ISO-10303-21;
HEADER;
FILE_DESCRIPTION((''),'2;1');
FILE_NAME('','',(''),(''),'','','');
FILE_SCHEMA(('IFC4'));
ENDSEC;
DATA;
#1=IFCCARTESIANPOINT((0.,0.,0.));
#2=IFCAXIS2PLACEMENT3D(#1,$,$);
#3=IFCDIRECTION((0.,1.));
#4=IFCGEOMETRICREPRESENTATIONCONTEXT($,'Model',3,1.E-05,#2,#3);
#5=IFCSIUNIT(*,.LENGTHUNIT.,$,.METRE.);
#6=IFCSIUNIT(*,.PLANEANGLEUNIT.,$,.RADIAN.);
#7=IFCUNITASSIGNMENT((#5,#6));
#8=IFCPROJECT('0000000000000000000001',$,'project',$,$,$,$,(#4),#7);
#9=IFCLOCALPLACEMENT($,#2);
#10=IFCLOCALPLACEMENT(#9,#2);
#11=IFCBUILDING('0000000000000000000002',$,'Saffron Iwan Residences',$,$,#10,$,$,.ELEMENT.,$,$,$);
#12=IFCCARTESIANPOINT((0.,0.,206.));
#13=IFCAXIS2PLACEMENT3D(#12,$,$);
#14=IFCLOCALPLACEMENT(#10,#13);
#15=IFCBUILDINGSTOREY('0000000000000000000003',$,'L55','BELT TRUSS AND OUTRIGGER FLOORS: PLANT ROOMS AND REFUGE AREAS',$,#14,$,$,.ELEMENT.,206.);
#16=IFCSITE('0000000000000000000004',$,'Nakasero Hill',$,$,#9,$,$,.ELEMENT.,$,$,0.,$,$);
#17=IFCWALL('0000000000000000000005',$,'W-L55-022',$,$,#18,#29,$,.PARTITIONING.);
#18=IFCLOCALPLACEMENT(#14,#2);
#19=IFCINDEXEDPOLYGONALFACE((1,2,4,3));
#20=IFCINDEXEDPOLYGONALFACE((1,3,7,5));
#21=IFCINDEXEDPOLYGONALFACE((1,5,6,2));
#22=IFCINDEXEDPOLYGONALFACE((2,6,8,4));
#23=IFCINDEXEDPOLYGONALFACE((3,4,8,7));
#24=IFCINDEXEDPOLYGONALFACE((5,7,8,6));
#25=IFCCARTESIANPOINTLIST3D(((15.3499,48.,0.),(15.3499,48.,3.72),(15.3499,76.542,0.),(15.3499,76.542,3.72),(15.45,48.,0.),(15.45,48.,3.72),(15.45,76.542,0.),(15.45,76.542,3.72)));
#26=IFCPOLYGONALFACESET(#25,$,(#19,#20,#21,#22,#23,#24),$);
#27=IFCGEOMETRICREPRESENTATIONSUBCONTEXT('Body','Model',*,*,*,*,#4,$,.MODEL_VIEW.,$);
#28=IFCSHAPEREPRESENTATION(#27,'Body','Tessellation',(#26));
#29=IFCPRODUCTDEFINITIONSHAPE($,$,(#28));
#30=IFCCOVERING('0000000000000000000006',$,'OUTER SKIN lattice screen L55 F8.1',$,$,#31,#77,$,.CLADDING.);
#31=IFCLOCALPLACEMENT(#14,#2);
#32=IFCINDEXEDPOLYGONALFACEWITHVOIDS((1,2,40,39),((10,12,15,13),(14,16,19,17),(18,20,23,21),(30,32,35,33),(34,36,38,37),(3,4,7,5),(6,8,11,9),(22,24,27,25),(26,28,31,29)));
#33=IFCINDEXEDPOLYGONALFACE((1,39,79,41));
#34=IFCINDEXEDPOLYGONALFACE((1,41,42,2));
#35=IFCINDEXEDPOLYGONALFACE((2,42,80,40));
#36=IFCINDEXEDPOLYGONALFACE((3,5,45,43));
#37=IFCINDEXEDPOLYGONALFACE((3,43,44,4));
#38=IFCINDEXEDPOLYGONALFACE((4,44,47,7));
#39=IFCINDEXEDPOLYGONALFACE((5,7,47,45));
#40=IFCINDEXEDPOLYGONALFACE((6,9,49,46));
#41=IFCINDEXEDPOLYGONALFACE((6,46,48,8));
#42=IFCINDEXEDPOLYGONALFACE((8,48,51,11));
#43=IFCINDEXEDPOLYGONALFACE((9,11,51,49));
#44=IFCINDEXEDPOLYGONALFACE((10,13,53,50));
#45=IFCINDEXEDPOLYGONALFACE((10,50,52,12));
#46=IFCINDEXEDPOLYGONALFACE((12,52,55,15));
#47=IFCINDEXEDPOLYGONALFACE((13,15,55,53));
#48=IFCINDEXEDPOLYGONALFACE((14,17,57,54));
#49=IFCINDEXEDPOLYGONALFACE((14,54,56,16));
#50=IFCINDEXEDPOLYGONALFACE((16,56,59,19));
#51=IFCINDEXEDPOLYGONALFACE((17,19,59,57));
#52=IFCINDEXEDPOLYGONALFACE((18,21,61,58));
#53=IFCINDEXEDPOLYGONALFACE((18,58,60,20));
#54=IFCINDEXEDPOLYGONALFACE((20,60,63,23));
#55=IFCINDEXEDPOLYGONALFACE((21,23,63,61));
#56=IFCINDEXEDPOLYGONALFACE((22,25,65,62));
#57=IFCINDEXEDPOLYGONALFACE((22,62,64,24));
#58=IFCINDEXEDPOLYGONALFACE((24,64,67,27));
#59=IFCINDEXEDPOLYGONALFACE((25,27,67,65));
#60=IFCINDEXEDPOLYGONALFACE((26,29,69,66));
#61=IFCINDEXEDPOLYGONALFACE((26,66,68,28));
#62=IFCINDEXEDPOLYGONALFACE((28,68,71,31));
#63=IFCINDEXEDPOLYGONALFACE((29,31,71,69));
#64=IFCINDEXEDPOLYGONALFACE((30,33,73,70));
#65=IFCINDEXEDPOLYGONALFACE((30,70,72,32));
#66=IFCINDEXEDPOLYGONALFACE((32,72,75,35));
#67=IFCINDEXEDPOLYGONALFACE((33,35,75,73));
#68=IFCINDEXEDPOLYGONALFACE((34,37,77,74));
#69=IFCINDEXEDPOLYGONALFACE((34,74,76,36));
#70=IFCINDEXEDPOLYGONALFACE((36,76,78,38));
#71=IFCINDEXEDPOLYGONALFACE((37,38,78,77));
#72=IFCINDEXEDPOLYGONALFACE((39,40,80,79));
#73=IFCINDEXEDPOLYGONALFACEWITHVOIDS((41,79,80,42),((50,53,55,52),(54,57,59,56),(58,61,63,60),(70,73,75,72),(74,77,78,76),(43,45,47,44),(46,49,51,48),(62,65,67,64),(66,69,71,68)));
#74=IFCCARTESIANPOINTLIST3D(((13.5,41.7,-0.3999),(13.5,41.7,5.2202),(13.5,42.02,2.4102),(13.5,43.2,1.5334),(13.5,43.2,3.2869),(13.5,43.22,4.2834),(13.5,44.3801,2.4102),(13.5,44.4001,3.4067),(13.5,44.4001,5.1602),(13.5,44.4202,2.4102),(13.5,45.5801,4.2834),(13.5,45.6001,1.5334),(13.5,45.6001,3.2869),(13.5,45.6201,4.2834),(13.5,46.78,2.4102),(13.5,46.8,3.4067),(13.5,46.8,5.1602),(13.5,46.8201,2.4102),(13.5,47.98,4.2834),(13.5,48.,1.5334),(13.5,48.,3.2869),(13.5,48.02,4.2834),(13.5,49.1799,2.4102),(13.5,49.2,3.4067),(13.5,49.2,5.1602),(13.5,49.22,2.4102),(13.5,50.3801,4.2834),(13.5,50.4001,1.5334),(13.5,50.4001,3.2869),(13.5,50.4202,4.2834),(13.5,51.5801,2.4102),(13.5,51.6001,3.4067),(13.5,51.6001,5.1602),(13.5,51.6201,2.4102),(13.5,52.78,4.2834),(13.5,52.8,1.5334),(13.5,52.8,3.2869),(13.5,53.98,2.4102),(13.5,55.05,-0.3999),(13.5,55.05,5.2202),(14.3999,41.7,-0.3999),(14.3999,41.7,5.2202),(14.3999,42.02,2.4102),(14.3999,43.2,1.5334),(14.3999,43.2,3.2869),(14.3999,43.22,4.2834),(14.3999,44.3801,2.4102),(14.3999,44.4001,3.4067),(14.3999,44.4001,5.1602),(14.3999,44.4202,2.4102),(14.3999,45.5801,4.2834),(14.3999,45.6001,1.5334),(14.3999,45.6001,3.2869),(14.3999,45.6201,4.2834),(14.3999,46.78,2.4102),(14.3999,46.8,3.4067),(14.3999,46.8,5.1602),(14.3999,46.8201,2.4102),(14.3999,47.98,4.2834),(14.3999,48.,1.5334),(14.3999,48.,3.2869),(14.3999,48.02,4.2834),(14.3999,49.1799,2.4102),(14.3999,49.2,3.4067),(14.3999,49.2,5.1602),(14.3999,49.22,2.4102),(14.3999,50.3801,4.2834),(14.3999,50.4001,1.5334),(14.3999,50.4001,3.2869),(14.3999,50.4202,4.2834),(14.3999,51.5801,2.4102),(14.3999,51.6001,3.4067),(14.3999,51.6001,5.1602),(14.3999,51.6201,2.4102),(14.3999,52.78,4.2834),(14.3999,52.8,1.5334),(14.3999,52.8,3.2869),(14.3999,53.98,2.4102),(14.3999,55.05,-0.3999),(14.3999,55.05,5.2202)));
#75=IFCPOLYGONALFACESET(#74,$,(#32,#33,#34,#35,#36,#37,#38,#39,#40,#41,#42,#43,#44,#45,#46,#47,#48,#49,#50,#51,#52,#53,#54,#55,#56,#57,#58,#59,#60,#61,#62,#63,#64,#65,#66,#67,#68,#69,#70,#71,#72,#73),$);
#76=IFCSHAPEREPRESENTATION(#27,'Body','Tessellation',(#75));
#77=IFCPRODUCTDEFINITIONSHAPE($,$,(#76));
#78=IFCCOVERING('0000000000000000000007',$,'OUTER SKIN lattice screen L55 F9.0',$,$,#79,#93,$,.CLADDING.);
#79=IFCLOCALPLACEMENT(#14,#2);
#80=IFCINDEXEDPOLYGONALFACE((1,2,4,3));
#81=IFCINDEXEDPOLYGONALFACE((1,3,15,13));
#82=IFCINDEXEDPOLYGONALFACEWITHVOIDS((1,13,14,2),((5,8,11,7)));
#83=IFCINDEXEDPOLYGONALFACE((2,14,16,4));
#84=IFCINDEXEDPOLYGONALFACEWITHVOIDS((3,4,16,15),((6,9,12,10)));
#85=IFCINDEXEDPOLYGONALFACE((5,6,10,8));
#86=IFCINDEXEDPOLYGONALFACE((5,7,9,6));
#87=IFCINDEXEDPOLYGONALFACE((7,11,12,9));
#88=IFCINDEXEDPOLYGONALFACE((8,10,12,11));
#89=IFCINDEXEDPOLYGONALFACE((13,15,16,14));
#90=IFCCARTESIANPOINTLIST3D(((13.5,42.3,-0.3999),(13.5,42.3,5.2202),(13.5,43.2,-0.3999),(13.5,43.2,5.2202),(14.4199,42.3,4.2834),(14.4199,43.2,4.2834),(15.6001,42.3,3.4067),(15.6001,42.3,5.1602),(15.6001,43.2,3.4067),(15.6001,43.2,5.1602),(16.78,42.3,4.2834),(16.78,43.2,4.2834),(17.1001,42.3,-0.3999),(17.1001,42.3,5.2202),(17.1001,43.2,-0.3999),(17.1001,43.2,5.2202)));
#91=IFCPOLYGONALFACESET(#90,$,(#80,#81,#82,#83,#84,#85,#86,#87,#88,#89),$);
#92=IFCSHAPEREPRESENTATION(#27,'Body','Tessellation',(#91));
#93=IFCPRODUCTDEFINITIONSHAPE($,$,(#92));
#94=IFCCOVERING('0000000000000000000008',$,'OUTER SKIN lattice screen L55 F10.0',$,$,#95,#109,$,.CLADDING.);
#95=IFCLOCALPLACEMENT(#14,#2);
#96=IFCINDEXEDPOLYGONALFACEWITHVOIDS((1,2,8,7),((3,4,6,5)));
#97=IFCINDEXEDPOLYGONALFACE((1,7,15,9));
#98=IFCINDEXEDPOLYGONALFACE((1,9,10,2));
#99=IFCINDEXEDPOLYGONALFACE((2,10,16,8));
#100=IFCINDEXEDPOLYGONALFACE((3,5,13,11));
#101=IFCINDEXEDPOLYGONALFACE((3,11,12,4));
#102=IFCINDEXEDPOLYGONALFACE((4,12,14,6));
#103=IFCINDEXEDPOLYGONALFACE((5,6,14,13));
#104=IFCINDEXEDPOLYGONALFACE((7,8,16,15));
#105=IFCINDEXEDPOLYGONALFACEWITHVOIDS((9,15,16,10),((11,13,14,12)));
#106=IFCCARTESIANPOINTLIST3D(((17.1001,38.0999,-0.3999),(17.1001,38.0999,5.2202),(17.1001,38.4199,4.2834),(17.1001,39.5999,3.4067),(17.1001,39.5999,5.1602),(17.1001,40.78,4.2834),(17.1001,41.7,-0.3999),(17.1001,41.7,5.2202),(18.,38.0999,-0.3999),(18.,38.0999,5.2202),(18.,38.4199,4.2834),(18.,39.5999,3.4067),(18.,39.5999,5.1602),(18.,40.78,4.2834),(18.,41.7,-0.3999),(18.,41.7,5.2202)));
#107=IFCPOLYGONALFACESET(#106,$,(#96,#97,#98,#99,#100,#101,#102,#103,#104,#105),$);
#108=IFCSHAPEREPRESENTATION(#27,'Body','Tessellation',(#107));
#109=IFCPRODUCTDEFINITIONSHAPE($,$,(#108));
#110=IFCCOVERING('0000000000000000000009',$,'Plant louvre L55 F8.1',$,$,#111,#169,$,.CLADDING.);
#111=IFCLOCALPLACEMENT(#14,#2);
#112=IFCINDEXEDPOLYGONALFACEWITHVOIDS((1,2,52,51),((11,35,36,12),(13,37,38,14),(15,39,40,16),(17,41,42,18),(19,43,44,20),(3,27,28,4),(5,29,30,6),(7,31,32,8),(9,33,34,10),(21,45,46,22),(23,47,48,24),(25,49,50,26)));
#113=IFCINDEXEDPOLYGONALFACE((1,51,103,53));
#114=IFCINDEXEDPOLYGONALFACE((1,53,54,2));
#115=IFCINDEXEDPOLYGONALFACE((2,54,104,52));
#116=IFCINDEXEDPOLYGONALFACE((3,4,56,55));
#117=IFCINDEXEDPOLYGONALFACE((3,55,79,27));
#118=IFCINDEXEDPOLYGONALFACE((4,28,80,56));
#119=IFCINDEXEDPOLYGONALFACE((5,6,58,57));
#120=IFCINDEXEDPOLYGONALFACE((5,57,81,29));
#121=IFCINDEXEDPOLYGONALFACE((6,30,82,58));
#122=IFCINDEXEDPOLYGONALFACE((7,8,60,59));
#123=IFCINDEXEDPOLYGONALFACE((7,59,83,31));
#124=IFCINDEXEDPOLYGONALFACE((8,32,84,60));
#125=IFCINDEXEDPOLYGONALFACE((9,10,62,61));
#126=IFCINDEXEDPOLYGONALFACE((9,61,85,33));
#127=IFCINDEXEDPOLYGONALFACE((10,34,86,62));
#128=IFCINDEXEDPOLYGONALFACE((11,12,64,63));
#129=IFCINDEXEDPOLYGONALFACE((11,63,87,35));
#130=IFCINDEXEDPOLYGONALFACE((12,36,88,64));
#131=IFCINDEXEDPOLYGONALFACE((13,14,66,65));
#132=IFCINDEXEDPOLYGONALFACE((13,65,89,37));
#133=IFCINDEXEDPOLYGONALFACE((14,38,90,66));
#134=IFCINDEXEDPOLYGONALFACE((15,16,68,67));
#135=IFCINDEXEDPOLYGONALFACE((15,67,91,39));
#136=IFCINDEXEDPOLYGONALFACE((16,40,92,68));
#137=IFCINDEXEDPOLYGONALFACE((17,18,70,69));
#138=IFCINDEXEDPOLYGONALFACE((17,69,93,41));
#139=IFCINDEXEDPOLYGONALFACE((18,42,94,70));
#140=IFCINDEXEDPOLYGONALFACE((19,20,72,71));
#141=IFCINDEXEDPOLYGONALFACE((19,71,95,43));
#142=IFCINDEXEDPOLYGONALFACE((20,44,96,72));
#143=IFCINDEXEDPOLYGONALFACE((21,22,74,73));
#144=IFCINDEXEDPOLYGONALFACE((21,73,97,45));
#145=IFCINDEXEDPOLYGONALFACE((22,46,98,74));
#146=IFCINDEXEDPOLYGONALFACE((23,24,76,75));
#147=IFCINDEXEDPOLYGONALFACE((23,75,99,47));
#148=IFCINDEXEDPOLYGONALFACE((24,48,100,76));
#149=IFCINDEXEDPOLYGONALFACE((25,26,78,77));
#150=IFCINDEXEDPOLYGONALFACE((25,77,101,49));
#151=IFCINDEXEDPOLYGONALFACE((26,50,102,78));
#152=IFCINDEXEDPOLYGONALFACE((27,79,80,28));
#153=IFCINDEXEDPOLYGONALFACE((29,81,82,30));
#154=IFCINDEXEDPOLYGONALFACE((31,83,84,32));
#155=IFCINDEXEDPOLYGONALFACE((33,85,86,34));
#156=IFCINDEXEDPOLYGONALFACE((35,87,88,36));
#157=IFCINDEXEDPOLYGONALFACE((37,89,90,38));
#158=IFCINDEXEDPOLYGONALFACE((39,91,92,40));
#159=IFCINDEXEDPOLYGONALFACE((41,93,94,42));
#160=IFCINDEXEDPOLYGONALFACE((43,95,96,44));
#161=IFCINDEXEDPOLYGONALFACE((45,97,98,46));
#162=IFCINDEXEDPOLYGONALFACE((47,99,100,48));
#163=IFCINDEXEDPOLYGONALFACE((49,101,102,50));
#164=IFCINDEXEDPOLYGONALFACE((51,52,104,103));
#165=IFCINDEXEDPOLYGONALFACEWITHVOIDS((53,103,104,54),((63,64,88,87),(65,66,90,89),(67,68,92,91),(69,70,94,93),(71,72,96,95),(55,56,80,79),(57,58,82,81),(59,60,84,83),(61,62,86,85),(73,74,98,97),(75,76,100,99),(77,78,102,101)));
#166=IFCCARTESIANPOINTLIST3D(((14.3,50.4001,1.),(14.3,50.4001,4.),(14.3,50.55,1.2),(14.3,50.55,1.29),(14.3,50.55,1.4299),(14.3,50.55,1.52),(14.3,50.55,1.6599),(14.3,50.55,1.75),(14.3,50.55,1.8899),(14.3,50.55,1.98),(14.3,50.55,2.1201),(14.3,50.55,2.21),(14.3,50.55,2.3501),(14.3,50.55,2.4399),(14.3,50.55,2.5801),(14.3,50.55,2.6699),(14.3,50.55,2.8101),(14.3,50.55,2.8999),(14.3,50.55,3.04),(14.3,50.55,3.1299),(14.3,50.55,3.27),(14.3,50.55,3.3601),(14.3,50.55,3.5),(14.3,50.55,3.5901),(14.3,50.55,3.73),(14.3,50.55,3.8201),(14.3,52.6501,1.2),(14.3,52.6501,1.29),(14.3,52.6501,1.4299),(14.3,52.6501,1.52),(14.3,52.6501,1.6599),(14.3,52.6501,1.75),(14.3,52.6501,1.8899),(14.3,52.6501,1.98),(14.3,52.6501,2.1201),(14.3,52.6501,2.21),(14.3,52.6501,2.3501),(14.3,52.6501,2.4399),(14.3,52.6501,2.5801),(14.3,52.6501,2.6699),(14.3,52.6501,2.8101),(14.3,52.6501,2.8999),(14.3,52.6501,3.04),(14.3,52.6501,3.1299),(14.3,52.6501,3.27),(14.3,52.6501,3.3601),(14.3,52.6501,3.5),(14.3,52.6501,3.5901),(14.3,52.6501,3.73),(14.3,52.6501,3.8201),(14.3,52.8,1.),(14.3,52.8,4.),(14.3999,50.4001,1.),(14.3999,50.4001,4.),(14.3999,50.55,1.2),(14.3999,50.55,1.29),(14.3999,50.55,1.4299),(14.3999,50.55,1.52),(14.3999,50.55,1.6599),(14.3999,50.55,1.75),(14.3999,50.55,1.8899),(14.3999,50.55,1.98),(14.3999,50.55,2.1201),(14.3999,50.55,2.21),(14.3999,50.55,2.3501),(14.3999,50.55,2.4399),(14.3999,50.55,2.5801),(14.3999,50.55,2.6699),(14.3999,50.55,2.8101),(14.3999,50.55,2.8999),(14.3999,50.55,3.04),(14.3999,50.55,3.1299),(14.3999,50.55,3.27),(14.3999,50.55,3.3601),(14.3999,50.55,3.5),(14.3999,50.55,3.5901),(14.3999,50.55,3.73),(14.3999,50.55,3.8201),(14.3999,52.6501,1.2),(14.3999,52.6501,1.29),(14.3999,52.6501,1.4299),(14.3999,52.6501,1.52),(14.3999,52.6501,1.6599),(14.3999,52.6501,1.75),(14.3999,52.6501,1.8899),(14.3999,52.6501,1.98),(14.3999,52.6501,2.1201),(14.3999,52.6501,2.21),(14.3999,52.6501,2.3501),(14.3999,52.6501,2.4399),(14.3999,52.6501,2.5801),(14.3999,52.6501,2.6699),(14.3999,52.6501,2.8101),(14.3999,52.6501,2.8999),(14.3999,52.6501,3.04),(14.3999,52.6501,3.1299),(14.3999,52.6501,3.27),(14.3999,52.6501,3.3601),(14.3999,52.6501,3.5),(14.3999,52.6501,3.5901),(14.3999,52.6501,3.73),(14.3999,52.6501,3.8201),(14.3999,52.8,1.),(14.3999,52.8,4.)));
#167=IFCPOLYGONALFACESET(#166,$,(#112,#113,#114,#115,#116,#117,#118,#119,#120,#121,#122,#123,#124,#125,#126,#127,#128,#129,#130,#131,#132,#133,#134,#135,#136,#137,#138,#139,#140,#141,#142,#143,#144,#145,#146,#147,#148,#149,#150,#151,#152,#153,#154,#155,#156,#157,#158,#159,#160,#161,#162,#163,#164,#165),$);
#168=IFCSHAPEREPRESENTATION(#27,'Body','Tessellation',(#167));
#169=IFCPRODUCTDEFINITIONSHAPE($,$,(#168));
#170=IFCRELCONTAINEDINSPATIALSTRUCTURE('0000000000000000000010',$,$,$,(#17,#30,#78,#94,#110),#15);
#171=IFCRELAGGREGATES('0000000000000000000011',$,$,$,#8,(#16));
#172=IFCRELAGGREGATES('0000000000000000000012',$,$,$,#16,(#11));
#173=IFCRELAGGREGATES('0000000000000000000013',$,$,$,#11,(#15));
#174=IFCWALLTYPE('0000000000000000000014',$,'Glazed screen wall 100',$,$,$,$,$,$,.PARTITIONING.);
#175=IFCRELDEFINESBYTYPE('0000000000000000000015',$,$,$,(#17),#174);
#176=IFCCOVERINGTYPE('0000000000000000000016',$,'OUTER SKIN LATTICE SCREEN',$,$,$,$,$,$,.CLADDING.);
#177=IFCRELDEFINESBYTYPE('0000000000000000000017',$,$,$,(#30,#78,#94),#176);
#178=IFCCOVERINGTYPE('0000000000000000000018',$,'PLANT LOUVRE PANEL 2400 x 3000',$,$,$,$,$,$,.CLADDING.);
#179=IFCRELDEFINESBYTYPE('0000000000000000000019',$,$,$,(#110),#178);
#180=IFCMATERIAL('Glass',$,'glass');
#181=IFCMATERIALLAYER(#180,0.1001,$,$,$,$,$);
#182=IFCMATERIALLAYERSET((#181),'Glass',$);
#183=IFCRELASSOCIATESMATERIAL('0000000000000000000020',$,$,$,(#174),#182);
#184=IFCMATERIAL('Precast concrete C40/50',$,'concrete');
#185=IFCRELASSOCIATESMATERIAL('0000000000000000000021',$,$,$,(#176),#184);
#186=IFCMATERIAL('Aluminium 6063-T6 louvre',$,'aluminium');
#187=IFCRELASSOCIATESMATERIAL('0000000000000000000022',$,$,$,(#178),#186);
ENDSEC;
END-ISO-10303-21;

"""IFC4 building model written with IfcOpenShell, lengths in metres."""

from ifc_helpers import new_model, si_unit, direction, frame, frame_2d, origin, place, context, subcontext, project, spatial, polyline, rectangle, outline, extrude, material, layer, layer_set, type_object, element, save


model = new_model("IFC4")

# Units and contexts
model_context = context("Model", 3, precision=1e-05, world=origin(), true_north=direction((0.0, 1.0)))
body_context = subcontext(model_context, "Body", "Model", "MODEL_VIEW")
ifc_project = project(units=[si_unit("LENGTHUNIT", "METRE"), si_unit("PLANEANGLEUNIT", "RADIAN")], contexts=[model_context])

# Site, building, storey
site_placement = place(None, origin())
site = spatial("IfcSite", under=ifc_project, at=site_placement, Name="Nakasero Hill", CompositionType="ELEMENT", RefElevation=0.0)
building_placement = place(site_placement, origin())
building = spatial("IfcBuilding", under=site, at=building_placement, Name="Saffron Iwan Residences", CompositionType="ELEMENT")
storey_placement = place(building_placement, frame((0.0, 0.0, 206.0)))
storey = spatial("IfcBuildingStorey", under=building, at=storey_placement, Name="L55", Description="BELT TRUSS AND OUTRIGGER FLOORS: PLANT ROOMS AND REFUGE AREAS", CompositionType="ELEMENT", Elevation=206.0)

# Wall
ifc_material_1 = material(Name="Glass", Category="glass")
ifc_layer_1 = layer(ifc_material_1, 0.1001)
ifc_layer_set_1 = layer_set([ifc_layer_1], Name="Glass")
wall_type_1 = type_object("IfcWallType", Name="Glazed screen wall 100", PredefinedType="PARTITIONING", material=ifc_layer_set_1)
wall_1_placement = place(storey_placement, frame((15.3999, 48.0, 0.0), z_axis=(0.0, 0.0, 1.0), x_axis=(0.0, 1.0, 0.0)))
element("IfcWall", 1, at=wall_1_placement, inside=storey, type_object=wall_type_1, Name="W-L55-022", PredefinedType="PARTITIONING", context=body_context, shape_type="SweptSolid", body=[
    extrude(rectangle(XDim=28.542, YDim=0.1001, at=frame_2d((14.271, 0.0))), origin(), (0.0, 0.0, 1.0), 3.72),
])

# Coverings
ifc_material_2 = material(Name="Precast concrete C40/50", Category="concrete")
covering_type_1 = type_object("IfcCoveringType", Name="OUTER SKIN LATTICE SCREEN", PredefinedType="CLADDING", material=ifc_material_2)
covering_1_placement = place(storey_placement, frame((14.3999, 55.05, -0.3999), z_axis=(-1.0, 0.0, 0.0), x_axis=(0.0, -1.0, 0.0)))
element("IfcCovering", 2, at=covering_1_placement, inside=storey, type_object=covering_type_1, Name="OUTER SKIN lattice screen L55 F8.1", PredefinedType="CLADDING", context=body_context, shape_type="SweptSolid", body=[
    extrude(outline(polyline([(0.0, 0.0), (13.3501, 0.0), (13.3501, 5.6201), (0.0, 5.6201), (0.0, 0.0)]), holes=[polyline([(1.0701, 2.8101), (2.25, 1.9333), (3.4299, 2.8101), (2.25, 3.6868), (1.0701, 2.8101)]), polyline([(3.47, 2.8101), (4.6499, 1.9333), (5.8301, 2.8101), (4.6499, 3.6868), (3.47, 2.8101)]), polyline([(5.8701, 2.8101), (7.05, 1.9333), (8.23, 2.8101), (7.05, 3.6868), (5.8701, 2.8101)]), polyline([(8.27, 2.8101), (9.45, 1.9333), (10.6299, 2.8101), (9.45, 3.6868), (8.27, 2.8101)]), polyline([(10.6699, 2.8101), (11.8501, 1.9333), (13.03, 2.8101), (11.8501, 3.6868), (10.6699, 2.8101)]), polyline([(2.27, 4.6833), (3.45, 3.8066), (4.6299, 4.6833), (3.45, 5.5601), (2.27, 4.6833)]), polyline([(4.6699, 4.6833), (5.8501, 3.8066), (7.03, 4.6833), (5.8501, 5.5601), (4.6699, 4.6833)]), polyline([(7.0701, 4.6833), (8.25, 3.8066), (9.4299, 4.6833), (8.25, 5.5601), (7.0701, 4.6833)]), polyline([(9.47, 4.6833), (10.6499, 3.8066), (11.8301, 4.6833), (10.6499, 5.5601), (9.47, 4.6833)])]), origin(), (0.0, 0.0, 1.0), 0.8999),
])
for number, where, z_axis, x_axis, name in (
    (3, (13.5, 43.2, -0.3999), (0.0, -1.0, 0.0), (1.0, 0.0, 0.0), "OUTER SKIN lattice screen L55 F9.0"),
    (4, (18.0, 41.7, -0.3999), (-1.0, 0.0, 0.0), (0.0, -1.0, 0.0), "OUTER SKIN lattice screen L55 F10.0"),
):
    element("IfcCovering", number, at=place(storey_placement, frame(where, z_axis=z_axis, x_axis=x_axis)), inside=storey, type_object=covering_type_1, Name=name, PredefinedType="CLADDING", context=body_context, shape_type="SweptSolid", body=[
        extrude(outline(polyline([(0.0, 0.0), (3.6001, 0.0), (3.6001, 5.6201), (0.0, 5.6201), (0.0, 0.0)]), holes=[polyline([(0.9199, 4.6833), (2.1001, 3.8066), (3.28, 4.6833), (2.1001, 5.5601), (0.9199, 4.6833)])]), origin(), (0.0, 0.0, 1.0), 0.8999),
    ])
ifc_material_3 = material(Name="Aluminium 6063-T6 louvre", Category="aluminium")
covering_type_2 = type_object("IfcCoveringType", Name="PLANT LOUVRE PANEL 2400 x 3000", PredefinedType="CLADDING", material=ifc_material_3)
covering_2_placement = place(storey_placement, frame((14.3999, 52.8, 1.0), z_axis=(-1.0, 0.0, 0.0), x_axis=(0.0, -1.0, 0.0)))
element("IfcCovering", 5, at=covering_2_placement, inside=storey, type_object=covering_type_2, Name="Plant louvre L55 F8.1", PredefinedType="CLADDING", context=body_context, shape_type="SweptSolid", body=[
    extrude(outline(polyline([(0.0, 0.0), (2.3999, 0.0), (2.3999, 3.0), (0.0, 3.0), (0.0, 0.0)]), holes=[polyline([(0.1499, 0.2), (2.25, 0.2), (2.25, 0.29), (0.1499, 0.29), (0.1499, 0.2)]), polyline([(0.1499, 0.4299), (2.25, 0.4299), (2.25, 0.52), (0.1499, 0.52), (0.1499, 0.4299)]), polyline([(0.1499, 0.6599), (2.25, 0.6599), (2.25, 0.75), (0.1499, 0.75), (0.1499, 0.6599)]), polyline([(0.1499, 0.8899), (2.25, 0.8899), (2.25, 0.98), (0.1499, 0.98), (0.1499, 0.8899)]), polyline([(0.1499, 1.1201), (2.25, 1.1201), (2.25, 1.21), (0.1499, 1.21), (0.1499, 1.1201)]), polyline([(0.1499, 1.3501), (2.25, 1.3501), (2.25, 1.4399), (0.1499, 1.4399), (0.1499, 1.3501)]), polyline([(0.1499, 1.5801), (2.25, 1.5801), (2.25, 1.6699), (0.1499, 1.6699), (0.1499, 1.5801)]), polyline([(0.1499, 1.8101), (2.25, 1.8101), (2.25, 1.8999), (0.1499, 1.8999), (0.1499, 1.8101)]), polyline([(0.1499, 2.04), (2.25, 2.04), (2.25, 2.1299), (0.1499, 2.1299), (0.1499, 2.04)]), polyline([(0.1499, 2.27), (2.25, 2.27), (2.25, 2.3601), (0.1499, 2.3601), (0.1499, 2.27)]), polyline([(0.1499, 2.5), (2.25, 2.5), (2.25, 2.5901), (0.1499, 2.5901), (0.1499, 2.5)]), polyline([(0.1499, 2.73), (2.25, 2.73), (2.25, 2.8201), (0.1499, 2.8201), (0.1499, 2.73)])]), origin(), (0.0, 0.0, 1.0), 0.0999),
])

save(model, "model.ifc")
